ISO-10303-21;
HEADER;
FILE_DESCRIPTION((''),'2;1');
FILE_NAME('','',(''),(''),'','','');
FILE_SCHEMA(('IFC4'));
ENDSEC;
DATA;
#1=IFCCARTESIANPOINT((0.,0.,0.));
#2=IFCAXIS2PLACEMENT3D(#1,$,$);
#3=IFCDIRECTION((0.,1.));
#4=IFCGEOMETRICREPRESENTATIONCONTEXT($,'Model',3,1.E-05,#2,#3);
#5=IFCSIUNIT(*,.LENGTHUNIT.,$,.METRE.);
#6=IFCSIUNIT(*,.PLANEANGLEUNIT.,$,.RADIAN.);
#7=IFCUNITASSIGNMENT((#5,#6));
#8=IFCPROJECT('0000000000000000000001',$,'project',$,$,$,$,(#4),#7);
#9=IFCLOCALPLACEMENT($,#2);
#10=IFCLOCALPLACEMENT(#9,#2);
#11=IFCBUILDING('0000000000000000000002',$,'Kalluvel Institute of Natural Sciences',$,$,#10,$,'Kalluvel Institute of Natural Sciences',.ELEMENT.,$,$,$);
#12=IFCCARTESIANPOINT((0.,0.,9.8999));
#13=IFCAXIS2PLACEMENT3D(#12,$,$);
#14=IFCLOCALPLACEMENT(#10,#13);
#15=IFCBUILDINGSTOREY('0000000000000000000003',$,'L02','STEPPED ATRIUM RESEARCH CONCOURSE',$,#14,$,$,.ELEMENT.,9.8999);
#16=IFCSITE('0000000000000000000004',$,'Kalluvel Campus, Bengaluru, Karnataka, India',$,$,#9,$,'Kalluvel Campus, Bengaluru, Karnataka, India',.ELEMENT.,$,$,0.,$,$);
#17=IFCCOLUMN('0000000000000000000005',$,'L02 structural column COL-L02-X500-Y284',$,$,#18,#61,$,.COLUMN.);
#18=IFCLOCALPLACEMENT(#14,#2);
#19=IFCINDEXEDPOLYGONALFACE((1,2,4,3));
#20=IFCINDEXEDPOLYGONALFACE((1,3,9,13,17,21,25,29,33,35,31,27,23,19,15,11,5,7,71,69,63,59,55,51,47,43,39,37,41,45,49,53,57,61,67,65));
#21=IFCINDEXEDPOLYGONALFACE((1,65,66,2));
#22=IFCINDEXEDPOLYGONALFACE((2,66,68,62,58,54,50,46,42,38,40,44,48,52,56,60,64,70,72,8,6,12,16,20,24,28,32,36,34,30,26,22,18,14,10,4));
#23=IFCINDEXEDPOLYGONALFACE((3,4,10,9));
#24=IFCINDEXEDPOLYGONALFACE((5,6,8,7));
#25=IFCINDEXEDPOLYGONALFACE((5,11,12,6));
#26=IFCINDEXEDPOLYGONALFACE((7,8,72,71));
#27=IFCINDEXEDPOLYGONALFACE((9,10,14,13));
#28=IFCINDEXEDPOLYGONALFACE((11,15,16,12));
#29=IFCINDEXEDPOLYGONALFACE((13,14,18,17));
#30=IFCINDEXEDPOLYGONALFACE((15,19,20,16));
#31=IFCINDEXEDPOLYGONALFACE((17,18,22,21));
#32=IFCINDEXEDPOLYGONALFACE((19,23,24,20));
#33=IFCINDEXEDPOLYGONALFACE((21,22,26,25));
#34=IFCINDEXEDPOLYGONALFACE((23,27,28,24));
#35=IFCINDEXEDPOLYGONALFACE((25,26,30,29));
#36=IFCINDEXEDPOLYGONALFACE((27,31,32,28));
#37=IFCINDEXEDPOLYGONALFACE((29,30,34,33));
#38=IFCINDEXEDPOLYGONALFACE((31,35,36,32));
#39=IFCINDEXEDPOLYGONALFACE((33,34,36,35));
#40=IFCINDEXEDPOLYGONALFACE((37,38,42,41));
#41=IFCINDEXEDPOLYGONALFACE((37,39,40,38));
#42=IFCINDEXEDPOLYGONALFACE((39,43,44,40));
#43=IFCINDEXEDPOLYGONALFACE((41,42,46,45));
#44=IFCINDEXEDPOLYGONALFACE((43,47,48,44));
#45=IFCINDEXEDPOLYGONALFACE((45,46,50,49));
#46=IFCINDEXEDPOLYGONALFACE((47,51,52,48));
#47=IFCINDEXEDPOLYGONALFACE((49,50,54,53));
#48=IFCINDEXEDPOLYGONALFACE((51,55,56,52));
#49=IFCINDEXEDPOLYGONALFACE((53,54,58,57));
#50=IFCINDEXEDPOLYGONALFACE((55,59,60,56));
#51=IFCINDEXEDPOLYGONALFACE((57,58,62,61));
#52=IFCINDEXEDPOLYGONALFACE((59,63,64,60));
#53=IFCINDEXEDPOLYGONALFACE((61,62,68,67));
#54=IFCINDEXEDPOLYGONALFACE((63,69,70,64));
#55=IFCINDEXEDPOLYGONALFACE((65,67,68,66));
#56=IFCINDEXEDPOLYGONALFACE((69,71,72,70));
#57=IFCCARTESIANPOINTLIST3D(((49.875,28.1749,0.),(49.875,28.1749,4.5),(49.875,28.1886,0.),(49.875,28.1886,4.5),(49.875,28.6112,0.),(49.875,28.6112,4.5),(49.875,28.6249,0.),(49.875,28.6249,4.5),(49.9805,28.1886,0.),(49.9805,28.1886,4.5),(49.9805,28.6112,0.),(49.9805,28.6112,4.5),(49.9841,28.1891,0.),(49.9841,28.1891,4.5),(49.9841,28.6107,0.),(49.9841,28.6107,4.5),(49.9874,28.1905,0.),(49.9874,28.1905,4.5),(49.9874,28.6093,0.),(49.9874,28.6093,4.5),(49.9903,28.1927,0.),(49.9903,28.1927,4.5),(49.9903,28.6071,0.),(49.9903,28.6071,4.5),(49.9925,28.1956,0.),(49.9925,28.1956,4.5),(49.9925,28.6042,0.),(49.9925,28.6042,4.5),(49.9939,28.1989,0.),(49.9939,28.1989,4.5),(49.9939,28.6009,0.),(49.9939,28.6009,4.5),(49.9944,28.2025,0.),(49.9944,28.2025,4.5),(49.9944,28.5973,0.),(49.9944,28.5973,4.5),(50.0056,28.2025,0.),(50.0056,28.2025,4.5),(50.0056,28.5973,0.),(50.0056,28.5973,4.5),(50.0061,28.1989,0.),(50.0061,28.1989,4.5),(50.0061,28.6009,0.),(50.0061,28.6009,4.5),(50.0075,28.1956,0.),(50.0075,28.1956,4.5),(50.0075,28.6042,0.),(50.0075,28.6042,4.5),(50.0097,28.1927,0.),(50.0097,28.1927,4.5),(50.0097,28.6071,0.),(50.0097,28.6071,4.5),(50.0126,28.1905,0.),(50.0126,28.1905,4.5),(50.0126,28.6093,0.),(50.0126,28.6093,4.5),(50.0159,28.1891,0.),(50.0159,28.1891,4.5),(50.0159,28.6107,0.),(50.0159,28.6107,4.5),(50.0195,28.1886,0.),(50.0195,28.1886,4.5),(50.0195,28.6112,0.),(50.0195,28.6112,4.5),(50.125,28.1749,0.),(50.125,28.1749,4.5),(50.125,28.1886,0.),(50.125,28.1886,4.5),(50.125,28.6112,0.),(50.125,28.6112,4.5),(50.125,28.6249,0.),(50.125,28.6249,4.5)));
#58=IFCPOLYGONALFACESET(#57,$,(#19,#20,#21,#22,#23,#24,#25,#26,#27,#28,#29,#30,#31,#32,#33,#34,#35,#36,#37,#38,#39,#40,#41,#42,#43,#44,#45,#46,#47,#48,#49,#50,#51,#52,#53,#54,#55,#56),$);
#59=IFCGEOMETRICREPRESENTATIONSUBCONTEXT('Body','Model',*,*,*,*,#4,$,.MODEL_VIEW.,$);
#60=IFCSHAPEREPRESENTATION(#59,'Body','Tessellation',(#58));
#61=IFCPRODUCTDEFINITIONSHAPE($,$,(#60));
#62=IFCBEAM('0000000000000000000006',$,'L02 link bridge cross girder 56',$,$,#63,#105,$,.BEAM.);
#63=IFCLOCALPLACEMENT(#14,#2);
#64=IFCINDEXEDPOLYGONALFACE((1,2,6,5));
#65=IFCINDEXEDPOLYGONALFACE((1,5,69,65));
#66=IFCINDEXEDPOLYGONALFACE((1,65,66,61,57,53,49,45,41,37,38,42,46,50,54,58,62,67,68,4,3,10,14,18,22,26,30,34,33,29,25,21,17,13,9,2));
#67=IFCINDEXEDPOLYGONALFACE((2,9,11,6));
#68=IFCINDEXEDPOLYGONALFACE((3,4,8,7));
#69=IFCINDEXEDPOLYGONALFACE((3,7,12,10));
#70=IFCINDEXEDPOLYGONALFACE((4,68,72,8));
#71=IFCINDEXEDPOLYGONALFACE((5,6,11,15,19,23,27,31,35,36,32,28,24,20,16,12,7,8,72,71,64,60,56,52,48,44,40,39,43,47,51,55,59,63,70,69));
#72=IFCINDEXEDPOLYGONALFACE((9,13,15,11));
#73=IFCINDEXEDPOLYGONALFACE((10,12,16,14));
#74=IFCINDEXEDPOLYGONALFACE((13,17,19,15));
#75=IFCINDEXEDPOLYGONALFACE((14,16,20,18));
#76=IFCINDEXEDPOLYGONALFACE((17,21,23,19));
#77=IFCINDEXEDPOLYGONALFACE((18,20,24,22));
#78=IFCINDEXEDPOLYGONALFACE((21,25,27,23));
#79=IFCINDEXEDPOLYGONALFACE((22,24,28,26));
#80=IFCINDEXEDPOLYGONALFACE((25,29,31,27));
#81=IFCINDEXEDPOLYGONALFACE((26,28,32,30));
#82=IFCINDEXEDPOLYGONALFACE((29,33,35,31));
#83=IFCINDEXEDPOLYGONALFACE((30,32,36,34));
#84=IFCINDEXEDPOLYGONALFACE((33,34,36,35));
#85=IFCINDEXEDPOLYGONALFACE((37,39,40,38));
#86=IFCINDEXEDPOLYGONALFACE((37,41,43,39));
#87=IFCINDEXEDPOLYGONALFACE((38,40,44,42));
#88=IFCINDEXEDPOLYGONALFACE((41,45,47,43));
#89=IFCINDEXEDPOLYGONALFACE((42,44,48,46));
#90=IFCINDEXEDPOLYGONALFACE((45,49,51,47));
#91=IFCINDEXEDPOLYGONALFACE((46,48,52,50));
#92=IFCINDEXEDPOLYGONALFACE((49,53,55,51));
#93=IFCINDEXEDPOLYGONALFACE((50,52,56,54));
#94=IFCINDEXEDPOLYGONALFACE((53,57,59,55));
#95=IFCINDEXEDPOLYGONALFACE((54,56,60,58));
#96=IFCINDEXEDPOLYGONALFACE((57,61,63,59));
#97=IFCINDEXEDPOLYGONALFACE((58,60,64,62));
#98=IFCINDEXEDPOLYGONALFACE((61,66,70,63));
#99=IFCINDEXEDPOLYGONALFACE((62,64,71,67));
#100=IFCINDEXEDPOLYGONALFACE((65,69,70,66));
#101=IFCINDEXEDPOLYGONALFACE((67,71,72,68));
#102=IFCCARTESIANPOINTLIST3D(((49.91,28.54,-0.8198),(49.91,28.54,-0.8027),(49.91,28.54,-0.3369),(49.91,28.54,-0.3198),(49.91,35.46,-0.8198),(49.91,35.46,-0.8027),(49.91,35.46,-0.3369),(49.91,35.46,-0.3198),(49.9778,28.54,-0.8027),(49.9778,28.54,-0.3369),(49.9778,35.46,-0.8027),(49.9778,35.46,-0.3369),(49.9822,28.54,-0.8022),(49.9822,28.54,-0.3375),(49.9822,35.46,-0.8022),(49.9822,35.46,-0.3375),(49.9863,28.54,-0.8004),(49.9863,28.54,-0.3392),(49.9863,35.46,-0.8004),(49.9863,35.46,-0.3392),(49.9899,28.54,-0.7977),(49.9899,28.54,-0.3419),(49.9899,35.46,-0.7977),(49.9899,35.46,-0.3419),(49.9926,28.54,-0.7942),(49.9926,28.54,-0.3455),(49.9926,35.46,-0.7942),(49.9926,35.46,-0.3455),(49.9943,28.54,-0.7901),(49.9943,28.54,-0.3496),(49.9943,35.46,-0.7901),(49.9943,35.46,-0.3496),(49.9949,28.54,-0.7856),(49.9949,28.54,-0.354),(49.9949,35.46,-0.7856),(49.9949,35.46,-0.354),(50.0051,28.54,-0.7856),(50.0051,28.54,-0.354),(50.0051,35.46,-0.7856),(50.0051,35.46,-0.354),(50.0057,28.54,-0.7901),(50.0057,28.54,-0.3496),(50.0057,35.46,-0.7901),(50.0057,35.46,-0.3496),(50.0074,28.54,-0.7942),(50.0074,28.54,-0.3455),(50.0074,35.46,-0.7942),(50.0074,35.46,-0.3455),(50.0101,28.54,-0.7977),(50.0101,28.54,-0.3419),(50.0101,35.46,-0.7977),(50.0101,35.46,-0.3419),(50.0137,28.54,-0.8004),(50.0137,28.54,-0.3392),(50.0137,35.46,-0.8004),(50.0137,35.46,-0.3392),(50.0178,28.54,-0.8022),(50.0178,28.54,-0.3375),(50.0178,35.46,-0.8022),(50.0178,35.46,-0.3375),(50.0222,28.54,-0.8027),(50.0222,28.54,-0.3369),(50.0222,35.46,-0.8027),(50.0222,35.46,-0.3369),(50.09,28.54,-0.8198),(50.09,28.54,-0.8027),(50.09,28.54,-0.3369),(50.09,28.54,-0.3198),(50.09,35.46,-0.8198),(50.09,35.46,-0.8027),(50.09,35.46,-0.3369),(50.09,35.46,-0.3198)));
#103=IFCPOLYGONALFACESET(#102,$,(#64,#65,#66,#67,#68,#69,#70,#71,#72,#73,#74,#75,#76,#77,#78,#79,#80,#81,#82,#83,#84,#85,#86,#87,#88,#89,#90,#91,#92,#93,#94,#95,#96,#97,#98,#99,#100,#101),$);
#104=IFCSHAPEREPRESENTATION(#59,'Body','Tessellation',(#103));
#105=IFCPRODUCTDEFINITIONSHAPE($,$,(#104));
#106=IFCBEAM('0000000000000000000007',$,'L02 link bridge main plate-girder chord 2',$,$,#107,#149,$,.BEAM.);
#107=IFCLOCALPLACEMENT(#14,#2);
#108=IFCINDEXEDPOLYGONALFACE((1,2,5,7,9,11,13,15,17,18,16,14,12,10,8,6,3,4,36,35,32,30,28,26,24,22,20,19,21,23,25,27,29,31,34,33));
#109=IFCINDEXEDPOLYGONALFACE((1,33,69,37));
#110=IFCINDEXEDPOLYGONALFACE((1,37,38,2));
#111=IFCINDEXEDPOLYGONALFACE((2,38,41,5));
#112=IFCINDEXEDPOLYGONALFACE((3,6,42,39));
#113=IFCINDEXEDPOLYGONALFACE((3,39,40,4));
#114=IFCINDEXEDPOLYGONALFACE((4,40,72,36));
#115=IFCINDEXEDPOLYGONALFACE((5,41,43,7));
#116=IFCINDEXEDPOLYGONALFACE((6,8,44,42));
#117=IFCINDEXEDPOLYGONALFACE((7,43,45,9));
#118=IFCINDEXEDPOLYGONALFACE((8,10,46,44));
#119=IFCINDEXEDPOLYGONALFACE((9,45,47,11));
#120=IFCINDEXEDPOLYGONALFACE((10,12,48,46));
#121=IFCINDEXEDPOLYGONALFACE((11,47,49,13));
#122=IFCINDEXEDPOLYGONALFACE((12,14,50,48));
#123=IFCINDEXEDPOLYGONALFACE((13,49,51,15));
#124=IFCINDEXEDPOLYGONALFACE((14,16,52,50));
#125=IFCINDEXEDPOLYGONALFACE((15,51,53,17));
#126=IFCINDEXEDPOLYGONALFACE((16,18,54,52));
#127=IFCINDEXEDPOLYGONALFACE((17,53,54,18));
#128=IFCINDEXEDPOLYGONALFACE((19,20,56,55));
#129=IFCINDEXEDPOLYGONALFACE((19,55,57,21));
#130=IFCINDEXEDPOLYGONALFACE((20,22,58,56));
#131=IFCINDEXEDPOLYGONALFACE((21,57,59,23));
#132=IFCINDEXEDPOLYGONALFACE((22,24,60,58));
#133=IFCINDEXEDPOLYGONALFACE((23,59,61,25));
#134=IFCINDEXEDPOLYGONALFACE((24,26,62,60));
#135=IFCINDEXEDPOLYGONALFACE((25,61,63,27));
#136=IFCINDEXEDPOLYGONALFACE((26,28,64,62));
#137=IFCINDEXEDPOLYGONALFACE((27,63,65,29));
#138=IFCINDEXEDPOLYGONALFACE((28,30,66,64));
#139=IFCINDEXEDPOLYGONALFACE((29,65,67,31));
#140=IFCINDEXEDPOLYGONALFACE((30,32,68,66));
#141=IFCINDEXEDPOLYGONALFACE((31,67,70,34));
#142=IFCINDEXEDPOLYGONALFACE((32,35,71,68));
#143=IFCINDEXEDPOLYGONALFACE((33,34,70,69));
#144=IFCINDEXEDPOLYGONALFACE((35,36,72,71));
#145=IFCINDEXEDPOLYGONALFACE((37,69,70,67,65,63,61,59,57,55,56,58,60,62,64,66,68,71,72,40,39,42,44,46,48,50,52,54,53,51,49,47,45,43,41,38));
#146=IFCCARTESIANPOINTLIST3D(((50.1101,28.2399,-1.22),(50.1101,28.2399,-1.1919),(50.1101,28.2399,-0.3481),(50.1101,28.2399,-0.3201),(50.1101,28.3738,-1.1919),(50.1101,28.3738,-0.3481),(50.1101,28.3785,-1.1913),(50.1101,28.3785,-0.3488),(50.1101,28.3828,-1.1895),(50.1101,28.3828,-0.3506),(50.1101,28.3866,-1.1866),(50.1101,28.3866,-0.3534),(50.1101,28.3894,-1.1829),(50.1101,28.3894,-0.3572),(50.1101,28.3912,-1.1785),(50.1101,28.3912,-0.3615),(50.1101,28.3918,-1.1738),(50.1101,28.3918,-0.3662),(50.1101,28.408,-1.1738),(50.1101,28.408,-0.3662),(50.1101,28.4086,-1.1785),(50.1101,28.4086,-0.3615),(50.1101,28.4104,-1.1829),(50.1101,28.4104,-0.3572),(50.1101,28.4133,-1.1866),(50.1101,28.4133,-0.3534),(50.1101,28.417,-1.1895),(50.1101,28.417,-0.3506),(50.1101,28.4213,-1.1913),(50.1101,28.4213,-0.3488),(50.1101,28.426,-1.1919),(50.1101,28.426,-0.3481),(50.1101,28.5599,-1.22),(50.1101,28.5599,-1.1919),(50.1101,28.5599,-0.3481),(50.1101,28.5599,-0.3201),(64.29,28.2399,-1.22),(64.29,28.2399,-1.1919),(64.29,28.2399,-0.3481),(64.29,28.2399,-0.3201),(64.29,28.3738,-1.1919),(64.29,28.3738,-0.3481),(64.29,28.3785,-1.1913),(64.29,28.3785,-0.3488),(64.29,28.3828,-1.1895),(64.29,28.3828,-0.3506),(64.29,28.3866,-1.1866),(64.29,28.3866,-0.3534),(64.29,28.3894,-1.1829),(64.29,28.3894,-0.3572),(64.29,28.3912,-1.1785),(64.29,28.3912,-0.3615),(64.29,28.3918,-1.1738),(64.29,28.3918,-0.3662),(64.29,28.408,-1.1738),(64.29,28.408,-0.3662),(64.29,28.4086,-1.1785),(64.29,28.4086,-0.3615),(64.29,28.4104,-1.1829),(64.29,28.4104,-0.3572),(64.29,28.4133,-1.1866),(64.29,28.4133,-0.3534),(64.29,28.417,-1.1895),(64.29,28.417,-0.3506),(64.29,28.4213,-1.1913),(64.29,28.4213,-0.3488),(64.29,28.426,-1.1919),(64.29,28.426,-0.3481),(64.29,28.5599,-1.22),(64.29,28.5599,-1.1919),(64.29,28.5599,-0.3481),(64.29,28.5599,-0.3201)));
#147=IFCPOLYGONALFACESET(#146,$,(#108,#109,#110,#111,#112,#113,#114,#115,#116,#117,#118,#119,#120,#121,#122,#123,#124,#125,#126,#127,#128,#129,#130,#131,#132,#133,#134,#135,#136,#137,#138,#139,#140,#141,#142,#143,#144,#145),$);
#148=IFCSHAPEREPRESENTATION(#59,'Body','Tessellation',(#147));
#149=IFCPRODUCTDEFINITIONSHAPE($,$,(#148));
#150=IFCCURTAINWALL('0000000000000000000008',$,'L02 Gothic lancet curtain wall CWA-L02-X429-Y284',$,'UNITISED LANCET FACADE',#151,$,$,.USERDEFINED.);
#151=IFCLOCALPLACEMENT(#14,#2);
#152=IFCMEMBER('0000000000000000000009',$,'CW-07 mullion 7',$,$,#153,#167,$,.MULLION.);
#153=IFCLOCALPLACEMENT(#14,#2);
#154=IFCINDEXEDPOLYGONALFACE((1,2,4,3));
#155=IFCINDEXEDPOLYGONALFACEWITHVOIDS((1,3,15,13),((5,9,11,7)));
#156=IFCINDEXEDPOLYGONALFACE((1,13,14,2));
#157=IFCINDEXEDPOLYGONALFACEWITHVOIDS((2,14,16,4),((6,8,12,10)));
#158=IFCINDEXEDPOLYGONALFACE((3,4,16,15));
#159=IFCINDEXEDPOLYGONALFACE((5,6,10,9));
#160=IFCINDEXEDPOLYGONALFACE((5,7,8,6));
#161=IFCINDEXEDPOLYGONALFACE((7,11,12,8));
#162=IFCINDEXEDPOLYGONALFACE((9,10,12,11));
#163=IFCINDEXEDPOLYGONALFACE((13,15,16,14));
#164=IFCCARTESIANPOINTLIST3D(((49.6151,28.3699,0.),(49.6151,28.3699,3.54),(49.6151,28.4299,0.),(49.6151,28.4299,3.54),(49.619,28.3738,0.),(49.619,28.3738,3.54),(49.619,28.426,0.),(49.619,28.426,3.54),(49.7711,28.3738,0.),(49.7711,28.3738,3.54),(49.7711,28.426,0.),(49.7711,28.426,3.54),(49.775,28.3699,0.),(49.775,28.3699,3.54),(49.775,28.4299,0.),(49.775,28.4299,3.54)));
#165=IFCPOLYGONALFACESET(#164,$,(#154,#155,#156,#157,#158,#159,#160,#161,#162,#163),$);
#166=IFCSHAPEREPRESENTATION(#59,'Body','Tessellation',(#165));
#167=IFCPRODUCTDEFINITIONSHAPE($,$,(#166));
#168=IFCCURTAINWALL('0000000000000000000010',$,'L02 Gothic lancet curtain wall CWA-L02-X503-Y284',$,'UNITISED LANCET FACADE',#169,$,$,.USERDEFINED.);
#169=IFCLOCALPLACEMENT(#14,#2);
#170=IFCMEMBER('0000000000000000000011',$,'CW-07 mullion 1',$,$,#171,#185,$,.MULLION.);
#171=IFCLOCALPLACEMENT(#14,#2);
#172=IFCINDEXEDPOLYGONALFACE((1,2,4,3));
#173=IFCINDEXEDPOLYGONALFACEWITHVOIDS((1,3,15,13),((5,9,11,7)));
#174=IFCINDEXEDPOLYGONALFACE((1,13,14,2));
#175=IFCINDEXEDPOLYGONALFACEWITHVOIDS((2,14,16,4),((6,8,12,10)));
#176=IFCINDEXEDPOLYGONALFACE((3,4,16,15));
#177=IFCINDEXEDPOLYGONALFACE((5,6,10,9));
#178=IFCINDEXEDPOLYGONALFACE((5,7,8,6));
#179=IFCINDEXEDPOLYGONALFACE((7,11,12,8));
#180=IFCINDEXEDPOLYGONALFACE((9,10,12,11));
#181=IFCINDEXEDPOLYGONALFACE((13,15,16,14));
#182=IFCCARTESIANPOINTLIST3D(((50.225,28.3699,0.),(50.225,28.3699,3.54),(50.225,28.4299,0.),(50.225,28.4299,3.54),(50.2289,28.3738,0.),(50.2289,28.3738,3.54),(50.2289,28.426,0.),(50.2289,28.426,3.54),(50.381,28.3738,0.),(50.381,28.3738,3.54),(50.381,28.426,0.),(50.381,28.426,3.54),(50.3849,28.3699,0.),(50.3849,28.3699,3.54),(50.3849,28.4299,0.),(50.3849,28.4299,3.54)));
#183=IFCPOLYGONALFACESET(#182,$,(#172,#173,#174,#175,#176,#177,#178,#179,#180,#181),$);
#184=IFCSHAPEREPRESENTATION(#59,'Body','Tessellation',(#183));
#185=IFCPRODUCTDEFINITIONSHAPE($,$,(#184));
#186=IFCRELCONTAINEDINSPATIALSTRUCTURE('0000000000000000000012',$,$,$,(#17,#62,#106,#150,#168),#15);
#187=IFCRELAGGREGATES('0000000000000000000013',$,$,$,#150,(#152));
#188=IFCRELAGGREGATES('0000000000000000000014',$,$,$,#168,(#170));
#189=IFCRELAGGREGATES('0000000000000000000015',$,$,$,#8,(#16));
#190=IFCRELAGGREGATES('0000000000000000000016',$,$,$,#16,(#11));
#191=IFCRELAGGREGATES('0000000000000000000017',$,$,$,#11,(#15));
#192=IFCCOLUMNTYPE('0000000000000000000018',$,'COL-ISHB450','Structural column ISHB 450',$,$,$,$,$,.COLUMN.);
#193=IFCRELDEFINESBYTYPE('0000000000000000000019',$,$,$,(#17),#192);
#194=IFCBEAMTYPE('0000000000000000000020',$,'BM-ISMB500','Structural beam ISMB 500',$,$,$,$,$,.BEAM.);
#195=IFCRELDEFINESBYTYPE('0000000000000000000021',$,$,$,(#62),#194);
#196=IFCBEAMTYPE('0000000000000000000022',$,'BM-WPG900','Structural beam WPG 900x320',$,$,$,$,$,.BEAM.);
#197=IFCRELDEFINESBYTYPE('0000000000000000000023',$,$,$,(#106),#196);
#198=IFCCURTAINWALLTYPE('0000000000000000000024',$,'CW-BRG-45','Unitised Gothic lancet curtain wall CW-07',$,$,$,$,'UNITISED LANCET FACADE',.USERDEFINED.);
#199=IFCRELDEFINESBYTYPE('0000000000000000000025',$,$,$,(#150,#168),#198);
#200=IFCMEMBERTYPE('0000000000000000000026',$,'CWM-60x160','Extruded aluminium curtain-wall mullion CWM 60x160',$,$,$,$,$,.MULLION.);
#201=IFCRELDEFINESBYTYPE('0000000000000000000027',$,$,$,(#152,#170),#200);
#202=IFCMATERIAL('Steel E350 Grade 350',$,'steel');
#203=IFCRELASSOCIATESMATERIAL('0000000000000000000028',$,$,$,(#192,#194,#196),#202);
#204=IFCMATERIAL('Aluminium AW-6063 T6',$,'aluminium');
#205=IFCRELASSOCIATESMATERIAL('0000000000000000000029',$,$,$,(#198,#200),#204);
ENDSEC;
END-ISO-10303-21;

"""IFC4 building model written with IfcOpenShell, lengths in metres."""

from ifc_helpers import new_model, si_unit, direction, frame, origin, origin_2d, place, context, subcontext, project, spatial, hollow_rectangle, i_section, extrude, material, material_profile, profile_set, type_object, element, aggregate, save


model = new_model("IFC4")

# Units and contexts
model_context = context("Model", 3, precision=1e-05, world=origin(), true_north=direction((0.0, 1.0)))
body_context = subcontext(model_context, "Body", "Model", "MODEL_VIEW")
ifc_project = project(units=[si_unit("LENGTHUNIT", "METRE"), si_unit("PLANEANGLEUNIT", "RADIAN")], contexts=[model_context])

# Site, building, storey
site_placement = place(None, origin())
site = spatial("IfcSite", under=ifc_project, at=site_placement, Name="Kalluvel Campus, Bengaluru, Karnataka, India", LongName="Kalluvel Campus, Bengaluru, Karnataka, India", CompositionType="ELEMENT", RefElevation=0.0)
building_placement = place(site_placement, origin())
building = spatial("IfcBuilding", under=site, at=building_placement, Name="Kalluvel Institute of Natural Sciences", LongName="Kalluvel Institute of Natural Sciences", CompositionType="ELEMENT")
storey_placement = place(building_placement, frame((0.0, 0.0, 9.8999)))
storey = spatial("IfcBuildingStorey", under=building, at=storey_placement, Name="L02", Description="STEPPED ATRIUM RESEARCH CONCOURSE", CompositionType="ELEMENT", Elevation=9.8999)

# Column
ifc_material_1 = material(Name="Steel E350 Grade 350", Category="steel")
ifc_material_profile_1 = material_profile(ifc_material_1, i_section(OverallWidth=0.25, OverallDepth=0.45, WebThickness=0.0112, FlangeThickness=0.0137, FilletRadius=0.0139, at=origin_2d()), Name="ISHB 450")
ifc_profile_set_1 = profile_set([ifc_material_profile_1], Name="Steel E350 Grade 350")
column_type = type_object("IfcColumnType", Name="COL-ISHB450", Description="Structural column ISHB 450", PredefinedType="COLUMN", material=ifc_profile_set_1)
column_placement = place(storey_placement, frame((50.0, 28.3999, 0.0), z_axis=(0.0, 0.0, 1.0), x_axis=(1.0, 0.0, 0.0)))
element("IfcColumn", 1, at=column_placement, inside=storey, type_object=column_type, Name="L02 structural column COL-L02-X500-Y284", PredefinedType="COLUMN", context=body_context, shape_type="SweptSolid", body=[
    extrude(i_section(OverallWidth=0.25, OverallDepth=0.45, WebThickness=0.0112, FlangeThickness=0.0137, FilletRadius=0.0139, at=origin_2d()), origin(), (0.0, 0.0, 1.0), 4.5),
])

# Beams
ifc_material_profile_2 = material_profile(ifc_material_1, i_section(OverallWidth=0.1799, OverallDepth=0.5, WebThickness=0.0103, FlangeThickness=0.0171, FilletRadius=0.0171, at=origin_2d()), Name="ISMB 500")
ifc_profile_set_2 = profile_set([ifc_material_profile_2], Name="Steel E350 Grade 350")
beam_type_1 = type_object("IfcBeamType", Name="BM-ISMB500", Description="Structural beam ISMB 500", PredefinedType="BEAM", material=ifc_profile_set_2)
beam_1_placement = place(storey_placement, frame((50.0, 28.54, -0.5698), z_axis=(0.0, 1.0, 0.0), x_axis=(-1.0, 0.0, 0.0)))
element("IfcBeam", 2, at=beam_1_placement, inside=storey, type_object=beam_type_1, Name="L02 link bridge cross girder 56", PredefinedType="BEAM", context=body_context, shape_type="SweptSolid", body=[
    extrude(i_section(OverallWidth=0.1799, OverallDepth=0.5, WebThickness=0.0103, FlangeThickness=0.0171, FilletRadius=0.0171, at=origin_2d()), origin(), (0.0, 0.0, 1.0), 6.9199),
])
ifc_material_profile_3 = material_profile(ifc_material_1, i_section(OverallWidth=0.3201, OverallDepth=0.8999, WebThickness=0.0161, FlangeThickness=0.0281, FilletRadius=0.0181, at=origin_2d()), Name="WPG 900x320")
ifc_profile_set_3 = profile_set([ifc_material_profile_3], Name="Steel E350 Grade 350")
beam_type_2 = type_object("IfcBeamType", Name="BM-WPG900", Description="Structural beam WPG 900x320", PredefinedType="BEAM", material=ifc_profile_set_3)
beam_2_placement = place(storey_placement, frame((50.1101, 28.3999, -0.77), z_axis=(1.0, 0.0, 0.0), x_axis=(0.0, 1.0, 0.0)))
element("IfcBeam", 3, at=beam_2_placement, inside=storey, type_object=beam_type_2, Name="L02 link bridge main plate-girder chord 2", PredefinedType="BEAM", context=body_context, shape_type="SweptSolid", body=[
    extrude(i_section(OverallWidth=0.3201, OverallDepth=0.8999, WebThickness=0.0161, FlangeThickness=0.0281, FilletRadius=0.0181, at=origin_2d()), origin(), (0.0, 0.0, 1.0), 14.1799),
])

# Curtain wall, member
ifc_material_2 = material(Name="Aluminium AW-6063 T6", Category="aluminium")
curtain_wall_type = type_object("IfcCurtainWallType", Name="CW-BRG-45", Description="Unitised Gothic lancet curtain wall CW-07", ElementType="UNITISED LANCET FACADE", PredefinedType="USERDEFINED", material=ifc_material_2)
curtain_wall_1_placement = place(storey_placement, origin())
curtain_wall_1 = element("IfcCurtainWall", 4, at=curtain_wall_1_placement, inside=storey, type_object=curtain_wall_type, Name="L02 Gothic lancet curtain wall CWA-L02-X429-Y284", ObjectType="UNITISED LANCET FACADE", PredefinedType="USERDEFINED")
ifc_material_profile_4 = material_profile(ifc_material_2, hollow_rectangle(XDim=0.0601, YDim=0.1599, WallThickness=0.0039, at=origin_2d()), Name="CWM 60x160")
ifc_profile_set_4 = profile_set([ifc_material_profile_4], Name="Aluminium AW-6063 T6")
member_type_1 = type_object("IfcMemberType", Name="CWM-60x160", Description="Extruded aluminium curtain-wall mullion CWM 60x160", PredefinedType="MULLION", material=ifc_profile_set_4)
member_1_placement = place(storey_placement, frame((49.6951, 28.3999, 0.0), z_axis=(0.0, 0.0, 1.0), x_axis=(0.0, 1.0, 0.0)))
member_1 = element("IfcMember", 5, at=member_1_placement, type_object=member_type_1, Name="CW-07 mullion 7", PredefinedType="MULLION", context=body_context, shape_type="SweptSolid", body=[
    extrude(hollow_rectangle(XDim=0.0601, YDim=0.1599, WallThickness=0.0039, at=origin_2d()), origin(), (0.0, 0.0, 1.0), 3.54),
])

# Curtain wall, member
curtain_wall_2_placement = place(storey_placement, origin())
curtain_wall_2 = element("IfcCurtainWall", 6, at=curtain_wall_2_placement, inside=storey, type_object=curtain_wall_type, Name="L02 Gothic lancet curtain wall CWA-L02-X503-Y284", ObjectType="UNITISED LANCET FACADE", PredefinedType="USERDEFINED")
member_2_placement = place(storey_placement, frame((50.3049, 28.3999, 0.0), z_axis=(0.0, 0.0, 1.0), x_axis=(0.0, 1.0, 0.0)))
member_2 = element("IfcMember", 7, at=member_2_placement, type_object=member_type_1, Name="CW-07 mullion 1", PredefinedType="MULLION", context=body_context, shape_type="SweptSolid", body=[
    extrude(hollow_rectangle(XDim=0.0601, YDim=0.1599, WallThickness=0.0039, at=origin_2d()), origin(), (0.0, 0.0, 1.0), 3.54),
])

aggregate(curtain_wall_1, [member_1])
aggregate(curtain_wall_2, [member_2])

save(model, "model.ifc")
